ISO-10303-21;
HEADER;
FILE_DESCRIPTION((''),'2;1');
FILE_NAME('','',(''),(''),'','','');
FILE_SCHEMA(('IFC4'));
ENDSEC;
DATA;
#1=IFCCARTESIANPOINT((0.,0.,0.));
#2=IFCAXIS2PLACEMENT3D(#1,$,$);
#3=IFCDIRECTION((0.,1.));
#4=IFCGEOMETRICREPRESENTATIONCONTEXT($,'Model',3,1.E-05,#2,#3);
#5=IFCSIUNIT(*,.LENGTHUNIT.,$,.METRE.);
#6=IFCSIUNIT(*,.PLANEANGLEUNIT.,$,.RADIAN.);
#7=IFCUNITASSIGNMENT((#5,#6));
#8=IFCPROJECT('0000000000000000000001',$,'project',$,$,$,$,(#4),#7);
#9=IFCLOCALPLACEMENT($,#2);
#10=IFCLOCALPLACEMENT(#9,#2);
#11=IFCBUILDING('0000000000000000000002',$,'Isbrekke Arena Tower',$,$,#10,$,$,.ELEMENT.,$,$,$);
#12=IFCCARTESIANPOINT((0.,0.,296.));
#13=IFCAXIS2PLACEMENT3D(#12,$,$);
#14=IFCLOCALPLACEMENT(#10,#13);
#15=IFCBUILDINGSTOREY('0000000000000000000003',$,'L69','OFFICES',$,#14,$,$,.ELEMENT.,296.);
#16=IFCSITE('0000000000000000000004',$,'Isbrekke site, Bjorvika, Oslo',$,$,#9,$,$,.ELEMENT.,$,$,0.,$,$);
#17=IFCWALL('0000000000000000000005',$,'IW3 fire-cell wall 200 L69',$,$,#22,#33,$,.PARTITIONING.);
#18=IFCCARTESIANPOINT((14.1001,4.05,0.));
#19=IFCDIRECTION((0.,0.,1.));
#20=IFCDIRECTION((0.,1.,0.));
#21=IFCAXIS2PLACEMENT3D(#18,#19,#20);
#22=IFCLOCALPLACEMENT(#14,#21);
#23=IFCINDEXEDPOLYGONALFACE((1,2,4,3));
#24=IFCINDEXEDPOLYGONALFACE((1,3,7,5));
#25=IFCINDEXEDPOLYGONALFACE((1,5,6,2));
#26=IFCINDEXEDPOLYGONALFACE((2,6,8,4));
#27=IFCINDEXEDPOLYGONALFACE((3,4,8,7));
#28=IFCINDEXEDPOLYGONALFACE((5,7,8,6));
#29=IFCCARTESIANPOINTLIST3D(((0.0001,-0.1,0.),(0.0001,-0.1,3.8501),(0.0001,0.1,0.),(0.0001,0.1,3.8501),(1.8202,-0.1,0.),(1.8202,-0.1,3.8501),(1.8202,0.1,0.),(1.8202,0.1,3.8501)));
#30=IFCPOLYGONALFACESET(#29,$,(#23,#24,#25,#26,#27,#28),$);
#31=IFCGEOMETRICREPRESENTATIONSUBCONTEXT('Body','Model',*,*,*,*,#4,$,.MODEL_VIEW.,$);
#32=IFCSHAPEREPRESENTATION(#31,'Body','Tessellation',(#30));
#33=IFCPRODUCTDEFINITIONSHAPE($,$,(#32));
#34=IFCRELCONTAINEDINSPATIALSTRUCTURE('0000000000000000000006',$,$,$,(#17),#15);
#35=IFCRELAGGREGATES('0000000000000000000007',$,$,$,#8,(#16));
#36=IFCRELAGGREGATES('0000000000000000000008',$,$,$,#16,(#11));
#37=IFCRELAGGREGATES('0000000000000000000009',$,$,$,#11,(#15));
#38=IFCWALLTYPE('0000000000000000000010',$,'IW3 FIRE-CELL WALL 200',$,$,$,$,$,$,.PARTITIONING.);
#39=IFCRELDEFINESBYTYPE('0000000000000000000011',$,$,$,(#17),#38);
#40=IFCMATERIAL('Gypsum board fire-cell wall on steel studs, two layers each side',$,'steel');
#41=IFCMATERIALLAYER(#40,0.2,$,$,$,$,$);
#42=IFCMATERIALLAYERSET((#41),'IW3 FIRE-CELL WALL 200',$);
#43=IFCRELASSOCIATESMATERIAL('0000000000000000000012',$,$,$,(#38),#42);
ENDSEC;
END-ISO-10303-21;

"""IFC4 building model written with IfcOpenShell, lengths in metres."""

from ifc_helpers import new_model, si_unit, direction, frame, frame_2d, origin, place, context, subcontext, project, spatial, rectangle, extrude, material, layer, layer_set, type_object, element, save


model = new_model("IFC4")

# Units and contexts
model_context = context("Model", 3, precision=1e-05, world=origin(), true_north=direction((0.0, 1.0)))
body_context = subcontext(model_context, "Body", "Model", "MODEL_VIEW")
ifc_project = project(units=[si_unit("LENGTHUNIT", "METRE"), si_unit("PLANEANGLEUNIT", "RADIAN")], contexts=[model_context])

# Site, building, storey
site_placement = place(None, origin())
site = spatial("IfcSite", under=ifc_project, at=site_placement, Name="Isbrekke site, Bjorvika, Oslo", CompositionType="ELEMENT", RefElevation=0.0)
building_placement = place(site_placement, origin())
building = spatial("IfcBuilding", under=site, at=building_placement, Name="Isbrekke Arena Tower", CompositionType="ELEMENT")
storey_placement = place(building_placement, frame((0.0, 0.0, 296.0)))
storey = spatial("IfcBuildingStorey", under=building, at=storey_placement, Name="L69", Description="OFFICES", CompositionType="ELEMENT", Elevation=296.0)

# Wall
ifc_material_1 = material(Name="Gypsum board fire-cell wall on steel studs, two layers each side", Category="steel")
ifc_layer_1 = layer(ifc_material_1, 0.2)
ifc_layer_set_1 = layer_set([ifc_layer_1], Name="IW3 FIRE-CELL WALL 200")
wall_type_1 = type_object("IfcWallType", Name="IW3 FIRE-CELL WALL 200", PredefinedType="PARTITIONING", material=ifc_layer_set_1)
wall_1_placement = place(storey_placement, frame((14.1001, 4.05, 0.0), z_axis=(0.0, 0.0, 1.0), x_axis=(0.0, 1.0, 0.0)))
element("IfcWall", 1, at=wall_1_placement, inside=storey, type_object=wall_type_1, Name="IW3 fire-cell wall 200 L69", PredefinedType="PARTITIONING", context=body_context, shape_type="SweptSolid", body=[
    extrude(rectangle(XDim=1.8201, YDim=0.2, at=frame_2d((0.9102, 0.0))), origin(), (0.0, 0.0, 1.0), 3.8501),
])

save(model, "model.ifc")
